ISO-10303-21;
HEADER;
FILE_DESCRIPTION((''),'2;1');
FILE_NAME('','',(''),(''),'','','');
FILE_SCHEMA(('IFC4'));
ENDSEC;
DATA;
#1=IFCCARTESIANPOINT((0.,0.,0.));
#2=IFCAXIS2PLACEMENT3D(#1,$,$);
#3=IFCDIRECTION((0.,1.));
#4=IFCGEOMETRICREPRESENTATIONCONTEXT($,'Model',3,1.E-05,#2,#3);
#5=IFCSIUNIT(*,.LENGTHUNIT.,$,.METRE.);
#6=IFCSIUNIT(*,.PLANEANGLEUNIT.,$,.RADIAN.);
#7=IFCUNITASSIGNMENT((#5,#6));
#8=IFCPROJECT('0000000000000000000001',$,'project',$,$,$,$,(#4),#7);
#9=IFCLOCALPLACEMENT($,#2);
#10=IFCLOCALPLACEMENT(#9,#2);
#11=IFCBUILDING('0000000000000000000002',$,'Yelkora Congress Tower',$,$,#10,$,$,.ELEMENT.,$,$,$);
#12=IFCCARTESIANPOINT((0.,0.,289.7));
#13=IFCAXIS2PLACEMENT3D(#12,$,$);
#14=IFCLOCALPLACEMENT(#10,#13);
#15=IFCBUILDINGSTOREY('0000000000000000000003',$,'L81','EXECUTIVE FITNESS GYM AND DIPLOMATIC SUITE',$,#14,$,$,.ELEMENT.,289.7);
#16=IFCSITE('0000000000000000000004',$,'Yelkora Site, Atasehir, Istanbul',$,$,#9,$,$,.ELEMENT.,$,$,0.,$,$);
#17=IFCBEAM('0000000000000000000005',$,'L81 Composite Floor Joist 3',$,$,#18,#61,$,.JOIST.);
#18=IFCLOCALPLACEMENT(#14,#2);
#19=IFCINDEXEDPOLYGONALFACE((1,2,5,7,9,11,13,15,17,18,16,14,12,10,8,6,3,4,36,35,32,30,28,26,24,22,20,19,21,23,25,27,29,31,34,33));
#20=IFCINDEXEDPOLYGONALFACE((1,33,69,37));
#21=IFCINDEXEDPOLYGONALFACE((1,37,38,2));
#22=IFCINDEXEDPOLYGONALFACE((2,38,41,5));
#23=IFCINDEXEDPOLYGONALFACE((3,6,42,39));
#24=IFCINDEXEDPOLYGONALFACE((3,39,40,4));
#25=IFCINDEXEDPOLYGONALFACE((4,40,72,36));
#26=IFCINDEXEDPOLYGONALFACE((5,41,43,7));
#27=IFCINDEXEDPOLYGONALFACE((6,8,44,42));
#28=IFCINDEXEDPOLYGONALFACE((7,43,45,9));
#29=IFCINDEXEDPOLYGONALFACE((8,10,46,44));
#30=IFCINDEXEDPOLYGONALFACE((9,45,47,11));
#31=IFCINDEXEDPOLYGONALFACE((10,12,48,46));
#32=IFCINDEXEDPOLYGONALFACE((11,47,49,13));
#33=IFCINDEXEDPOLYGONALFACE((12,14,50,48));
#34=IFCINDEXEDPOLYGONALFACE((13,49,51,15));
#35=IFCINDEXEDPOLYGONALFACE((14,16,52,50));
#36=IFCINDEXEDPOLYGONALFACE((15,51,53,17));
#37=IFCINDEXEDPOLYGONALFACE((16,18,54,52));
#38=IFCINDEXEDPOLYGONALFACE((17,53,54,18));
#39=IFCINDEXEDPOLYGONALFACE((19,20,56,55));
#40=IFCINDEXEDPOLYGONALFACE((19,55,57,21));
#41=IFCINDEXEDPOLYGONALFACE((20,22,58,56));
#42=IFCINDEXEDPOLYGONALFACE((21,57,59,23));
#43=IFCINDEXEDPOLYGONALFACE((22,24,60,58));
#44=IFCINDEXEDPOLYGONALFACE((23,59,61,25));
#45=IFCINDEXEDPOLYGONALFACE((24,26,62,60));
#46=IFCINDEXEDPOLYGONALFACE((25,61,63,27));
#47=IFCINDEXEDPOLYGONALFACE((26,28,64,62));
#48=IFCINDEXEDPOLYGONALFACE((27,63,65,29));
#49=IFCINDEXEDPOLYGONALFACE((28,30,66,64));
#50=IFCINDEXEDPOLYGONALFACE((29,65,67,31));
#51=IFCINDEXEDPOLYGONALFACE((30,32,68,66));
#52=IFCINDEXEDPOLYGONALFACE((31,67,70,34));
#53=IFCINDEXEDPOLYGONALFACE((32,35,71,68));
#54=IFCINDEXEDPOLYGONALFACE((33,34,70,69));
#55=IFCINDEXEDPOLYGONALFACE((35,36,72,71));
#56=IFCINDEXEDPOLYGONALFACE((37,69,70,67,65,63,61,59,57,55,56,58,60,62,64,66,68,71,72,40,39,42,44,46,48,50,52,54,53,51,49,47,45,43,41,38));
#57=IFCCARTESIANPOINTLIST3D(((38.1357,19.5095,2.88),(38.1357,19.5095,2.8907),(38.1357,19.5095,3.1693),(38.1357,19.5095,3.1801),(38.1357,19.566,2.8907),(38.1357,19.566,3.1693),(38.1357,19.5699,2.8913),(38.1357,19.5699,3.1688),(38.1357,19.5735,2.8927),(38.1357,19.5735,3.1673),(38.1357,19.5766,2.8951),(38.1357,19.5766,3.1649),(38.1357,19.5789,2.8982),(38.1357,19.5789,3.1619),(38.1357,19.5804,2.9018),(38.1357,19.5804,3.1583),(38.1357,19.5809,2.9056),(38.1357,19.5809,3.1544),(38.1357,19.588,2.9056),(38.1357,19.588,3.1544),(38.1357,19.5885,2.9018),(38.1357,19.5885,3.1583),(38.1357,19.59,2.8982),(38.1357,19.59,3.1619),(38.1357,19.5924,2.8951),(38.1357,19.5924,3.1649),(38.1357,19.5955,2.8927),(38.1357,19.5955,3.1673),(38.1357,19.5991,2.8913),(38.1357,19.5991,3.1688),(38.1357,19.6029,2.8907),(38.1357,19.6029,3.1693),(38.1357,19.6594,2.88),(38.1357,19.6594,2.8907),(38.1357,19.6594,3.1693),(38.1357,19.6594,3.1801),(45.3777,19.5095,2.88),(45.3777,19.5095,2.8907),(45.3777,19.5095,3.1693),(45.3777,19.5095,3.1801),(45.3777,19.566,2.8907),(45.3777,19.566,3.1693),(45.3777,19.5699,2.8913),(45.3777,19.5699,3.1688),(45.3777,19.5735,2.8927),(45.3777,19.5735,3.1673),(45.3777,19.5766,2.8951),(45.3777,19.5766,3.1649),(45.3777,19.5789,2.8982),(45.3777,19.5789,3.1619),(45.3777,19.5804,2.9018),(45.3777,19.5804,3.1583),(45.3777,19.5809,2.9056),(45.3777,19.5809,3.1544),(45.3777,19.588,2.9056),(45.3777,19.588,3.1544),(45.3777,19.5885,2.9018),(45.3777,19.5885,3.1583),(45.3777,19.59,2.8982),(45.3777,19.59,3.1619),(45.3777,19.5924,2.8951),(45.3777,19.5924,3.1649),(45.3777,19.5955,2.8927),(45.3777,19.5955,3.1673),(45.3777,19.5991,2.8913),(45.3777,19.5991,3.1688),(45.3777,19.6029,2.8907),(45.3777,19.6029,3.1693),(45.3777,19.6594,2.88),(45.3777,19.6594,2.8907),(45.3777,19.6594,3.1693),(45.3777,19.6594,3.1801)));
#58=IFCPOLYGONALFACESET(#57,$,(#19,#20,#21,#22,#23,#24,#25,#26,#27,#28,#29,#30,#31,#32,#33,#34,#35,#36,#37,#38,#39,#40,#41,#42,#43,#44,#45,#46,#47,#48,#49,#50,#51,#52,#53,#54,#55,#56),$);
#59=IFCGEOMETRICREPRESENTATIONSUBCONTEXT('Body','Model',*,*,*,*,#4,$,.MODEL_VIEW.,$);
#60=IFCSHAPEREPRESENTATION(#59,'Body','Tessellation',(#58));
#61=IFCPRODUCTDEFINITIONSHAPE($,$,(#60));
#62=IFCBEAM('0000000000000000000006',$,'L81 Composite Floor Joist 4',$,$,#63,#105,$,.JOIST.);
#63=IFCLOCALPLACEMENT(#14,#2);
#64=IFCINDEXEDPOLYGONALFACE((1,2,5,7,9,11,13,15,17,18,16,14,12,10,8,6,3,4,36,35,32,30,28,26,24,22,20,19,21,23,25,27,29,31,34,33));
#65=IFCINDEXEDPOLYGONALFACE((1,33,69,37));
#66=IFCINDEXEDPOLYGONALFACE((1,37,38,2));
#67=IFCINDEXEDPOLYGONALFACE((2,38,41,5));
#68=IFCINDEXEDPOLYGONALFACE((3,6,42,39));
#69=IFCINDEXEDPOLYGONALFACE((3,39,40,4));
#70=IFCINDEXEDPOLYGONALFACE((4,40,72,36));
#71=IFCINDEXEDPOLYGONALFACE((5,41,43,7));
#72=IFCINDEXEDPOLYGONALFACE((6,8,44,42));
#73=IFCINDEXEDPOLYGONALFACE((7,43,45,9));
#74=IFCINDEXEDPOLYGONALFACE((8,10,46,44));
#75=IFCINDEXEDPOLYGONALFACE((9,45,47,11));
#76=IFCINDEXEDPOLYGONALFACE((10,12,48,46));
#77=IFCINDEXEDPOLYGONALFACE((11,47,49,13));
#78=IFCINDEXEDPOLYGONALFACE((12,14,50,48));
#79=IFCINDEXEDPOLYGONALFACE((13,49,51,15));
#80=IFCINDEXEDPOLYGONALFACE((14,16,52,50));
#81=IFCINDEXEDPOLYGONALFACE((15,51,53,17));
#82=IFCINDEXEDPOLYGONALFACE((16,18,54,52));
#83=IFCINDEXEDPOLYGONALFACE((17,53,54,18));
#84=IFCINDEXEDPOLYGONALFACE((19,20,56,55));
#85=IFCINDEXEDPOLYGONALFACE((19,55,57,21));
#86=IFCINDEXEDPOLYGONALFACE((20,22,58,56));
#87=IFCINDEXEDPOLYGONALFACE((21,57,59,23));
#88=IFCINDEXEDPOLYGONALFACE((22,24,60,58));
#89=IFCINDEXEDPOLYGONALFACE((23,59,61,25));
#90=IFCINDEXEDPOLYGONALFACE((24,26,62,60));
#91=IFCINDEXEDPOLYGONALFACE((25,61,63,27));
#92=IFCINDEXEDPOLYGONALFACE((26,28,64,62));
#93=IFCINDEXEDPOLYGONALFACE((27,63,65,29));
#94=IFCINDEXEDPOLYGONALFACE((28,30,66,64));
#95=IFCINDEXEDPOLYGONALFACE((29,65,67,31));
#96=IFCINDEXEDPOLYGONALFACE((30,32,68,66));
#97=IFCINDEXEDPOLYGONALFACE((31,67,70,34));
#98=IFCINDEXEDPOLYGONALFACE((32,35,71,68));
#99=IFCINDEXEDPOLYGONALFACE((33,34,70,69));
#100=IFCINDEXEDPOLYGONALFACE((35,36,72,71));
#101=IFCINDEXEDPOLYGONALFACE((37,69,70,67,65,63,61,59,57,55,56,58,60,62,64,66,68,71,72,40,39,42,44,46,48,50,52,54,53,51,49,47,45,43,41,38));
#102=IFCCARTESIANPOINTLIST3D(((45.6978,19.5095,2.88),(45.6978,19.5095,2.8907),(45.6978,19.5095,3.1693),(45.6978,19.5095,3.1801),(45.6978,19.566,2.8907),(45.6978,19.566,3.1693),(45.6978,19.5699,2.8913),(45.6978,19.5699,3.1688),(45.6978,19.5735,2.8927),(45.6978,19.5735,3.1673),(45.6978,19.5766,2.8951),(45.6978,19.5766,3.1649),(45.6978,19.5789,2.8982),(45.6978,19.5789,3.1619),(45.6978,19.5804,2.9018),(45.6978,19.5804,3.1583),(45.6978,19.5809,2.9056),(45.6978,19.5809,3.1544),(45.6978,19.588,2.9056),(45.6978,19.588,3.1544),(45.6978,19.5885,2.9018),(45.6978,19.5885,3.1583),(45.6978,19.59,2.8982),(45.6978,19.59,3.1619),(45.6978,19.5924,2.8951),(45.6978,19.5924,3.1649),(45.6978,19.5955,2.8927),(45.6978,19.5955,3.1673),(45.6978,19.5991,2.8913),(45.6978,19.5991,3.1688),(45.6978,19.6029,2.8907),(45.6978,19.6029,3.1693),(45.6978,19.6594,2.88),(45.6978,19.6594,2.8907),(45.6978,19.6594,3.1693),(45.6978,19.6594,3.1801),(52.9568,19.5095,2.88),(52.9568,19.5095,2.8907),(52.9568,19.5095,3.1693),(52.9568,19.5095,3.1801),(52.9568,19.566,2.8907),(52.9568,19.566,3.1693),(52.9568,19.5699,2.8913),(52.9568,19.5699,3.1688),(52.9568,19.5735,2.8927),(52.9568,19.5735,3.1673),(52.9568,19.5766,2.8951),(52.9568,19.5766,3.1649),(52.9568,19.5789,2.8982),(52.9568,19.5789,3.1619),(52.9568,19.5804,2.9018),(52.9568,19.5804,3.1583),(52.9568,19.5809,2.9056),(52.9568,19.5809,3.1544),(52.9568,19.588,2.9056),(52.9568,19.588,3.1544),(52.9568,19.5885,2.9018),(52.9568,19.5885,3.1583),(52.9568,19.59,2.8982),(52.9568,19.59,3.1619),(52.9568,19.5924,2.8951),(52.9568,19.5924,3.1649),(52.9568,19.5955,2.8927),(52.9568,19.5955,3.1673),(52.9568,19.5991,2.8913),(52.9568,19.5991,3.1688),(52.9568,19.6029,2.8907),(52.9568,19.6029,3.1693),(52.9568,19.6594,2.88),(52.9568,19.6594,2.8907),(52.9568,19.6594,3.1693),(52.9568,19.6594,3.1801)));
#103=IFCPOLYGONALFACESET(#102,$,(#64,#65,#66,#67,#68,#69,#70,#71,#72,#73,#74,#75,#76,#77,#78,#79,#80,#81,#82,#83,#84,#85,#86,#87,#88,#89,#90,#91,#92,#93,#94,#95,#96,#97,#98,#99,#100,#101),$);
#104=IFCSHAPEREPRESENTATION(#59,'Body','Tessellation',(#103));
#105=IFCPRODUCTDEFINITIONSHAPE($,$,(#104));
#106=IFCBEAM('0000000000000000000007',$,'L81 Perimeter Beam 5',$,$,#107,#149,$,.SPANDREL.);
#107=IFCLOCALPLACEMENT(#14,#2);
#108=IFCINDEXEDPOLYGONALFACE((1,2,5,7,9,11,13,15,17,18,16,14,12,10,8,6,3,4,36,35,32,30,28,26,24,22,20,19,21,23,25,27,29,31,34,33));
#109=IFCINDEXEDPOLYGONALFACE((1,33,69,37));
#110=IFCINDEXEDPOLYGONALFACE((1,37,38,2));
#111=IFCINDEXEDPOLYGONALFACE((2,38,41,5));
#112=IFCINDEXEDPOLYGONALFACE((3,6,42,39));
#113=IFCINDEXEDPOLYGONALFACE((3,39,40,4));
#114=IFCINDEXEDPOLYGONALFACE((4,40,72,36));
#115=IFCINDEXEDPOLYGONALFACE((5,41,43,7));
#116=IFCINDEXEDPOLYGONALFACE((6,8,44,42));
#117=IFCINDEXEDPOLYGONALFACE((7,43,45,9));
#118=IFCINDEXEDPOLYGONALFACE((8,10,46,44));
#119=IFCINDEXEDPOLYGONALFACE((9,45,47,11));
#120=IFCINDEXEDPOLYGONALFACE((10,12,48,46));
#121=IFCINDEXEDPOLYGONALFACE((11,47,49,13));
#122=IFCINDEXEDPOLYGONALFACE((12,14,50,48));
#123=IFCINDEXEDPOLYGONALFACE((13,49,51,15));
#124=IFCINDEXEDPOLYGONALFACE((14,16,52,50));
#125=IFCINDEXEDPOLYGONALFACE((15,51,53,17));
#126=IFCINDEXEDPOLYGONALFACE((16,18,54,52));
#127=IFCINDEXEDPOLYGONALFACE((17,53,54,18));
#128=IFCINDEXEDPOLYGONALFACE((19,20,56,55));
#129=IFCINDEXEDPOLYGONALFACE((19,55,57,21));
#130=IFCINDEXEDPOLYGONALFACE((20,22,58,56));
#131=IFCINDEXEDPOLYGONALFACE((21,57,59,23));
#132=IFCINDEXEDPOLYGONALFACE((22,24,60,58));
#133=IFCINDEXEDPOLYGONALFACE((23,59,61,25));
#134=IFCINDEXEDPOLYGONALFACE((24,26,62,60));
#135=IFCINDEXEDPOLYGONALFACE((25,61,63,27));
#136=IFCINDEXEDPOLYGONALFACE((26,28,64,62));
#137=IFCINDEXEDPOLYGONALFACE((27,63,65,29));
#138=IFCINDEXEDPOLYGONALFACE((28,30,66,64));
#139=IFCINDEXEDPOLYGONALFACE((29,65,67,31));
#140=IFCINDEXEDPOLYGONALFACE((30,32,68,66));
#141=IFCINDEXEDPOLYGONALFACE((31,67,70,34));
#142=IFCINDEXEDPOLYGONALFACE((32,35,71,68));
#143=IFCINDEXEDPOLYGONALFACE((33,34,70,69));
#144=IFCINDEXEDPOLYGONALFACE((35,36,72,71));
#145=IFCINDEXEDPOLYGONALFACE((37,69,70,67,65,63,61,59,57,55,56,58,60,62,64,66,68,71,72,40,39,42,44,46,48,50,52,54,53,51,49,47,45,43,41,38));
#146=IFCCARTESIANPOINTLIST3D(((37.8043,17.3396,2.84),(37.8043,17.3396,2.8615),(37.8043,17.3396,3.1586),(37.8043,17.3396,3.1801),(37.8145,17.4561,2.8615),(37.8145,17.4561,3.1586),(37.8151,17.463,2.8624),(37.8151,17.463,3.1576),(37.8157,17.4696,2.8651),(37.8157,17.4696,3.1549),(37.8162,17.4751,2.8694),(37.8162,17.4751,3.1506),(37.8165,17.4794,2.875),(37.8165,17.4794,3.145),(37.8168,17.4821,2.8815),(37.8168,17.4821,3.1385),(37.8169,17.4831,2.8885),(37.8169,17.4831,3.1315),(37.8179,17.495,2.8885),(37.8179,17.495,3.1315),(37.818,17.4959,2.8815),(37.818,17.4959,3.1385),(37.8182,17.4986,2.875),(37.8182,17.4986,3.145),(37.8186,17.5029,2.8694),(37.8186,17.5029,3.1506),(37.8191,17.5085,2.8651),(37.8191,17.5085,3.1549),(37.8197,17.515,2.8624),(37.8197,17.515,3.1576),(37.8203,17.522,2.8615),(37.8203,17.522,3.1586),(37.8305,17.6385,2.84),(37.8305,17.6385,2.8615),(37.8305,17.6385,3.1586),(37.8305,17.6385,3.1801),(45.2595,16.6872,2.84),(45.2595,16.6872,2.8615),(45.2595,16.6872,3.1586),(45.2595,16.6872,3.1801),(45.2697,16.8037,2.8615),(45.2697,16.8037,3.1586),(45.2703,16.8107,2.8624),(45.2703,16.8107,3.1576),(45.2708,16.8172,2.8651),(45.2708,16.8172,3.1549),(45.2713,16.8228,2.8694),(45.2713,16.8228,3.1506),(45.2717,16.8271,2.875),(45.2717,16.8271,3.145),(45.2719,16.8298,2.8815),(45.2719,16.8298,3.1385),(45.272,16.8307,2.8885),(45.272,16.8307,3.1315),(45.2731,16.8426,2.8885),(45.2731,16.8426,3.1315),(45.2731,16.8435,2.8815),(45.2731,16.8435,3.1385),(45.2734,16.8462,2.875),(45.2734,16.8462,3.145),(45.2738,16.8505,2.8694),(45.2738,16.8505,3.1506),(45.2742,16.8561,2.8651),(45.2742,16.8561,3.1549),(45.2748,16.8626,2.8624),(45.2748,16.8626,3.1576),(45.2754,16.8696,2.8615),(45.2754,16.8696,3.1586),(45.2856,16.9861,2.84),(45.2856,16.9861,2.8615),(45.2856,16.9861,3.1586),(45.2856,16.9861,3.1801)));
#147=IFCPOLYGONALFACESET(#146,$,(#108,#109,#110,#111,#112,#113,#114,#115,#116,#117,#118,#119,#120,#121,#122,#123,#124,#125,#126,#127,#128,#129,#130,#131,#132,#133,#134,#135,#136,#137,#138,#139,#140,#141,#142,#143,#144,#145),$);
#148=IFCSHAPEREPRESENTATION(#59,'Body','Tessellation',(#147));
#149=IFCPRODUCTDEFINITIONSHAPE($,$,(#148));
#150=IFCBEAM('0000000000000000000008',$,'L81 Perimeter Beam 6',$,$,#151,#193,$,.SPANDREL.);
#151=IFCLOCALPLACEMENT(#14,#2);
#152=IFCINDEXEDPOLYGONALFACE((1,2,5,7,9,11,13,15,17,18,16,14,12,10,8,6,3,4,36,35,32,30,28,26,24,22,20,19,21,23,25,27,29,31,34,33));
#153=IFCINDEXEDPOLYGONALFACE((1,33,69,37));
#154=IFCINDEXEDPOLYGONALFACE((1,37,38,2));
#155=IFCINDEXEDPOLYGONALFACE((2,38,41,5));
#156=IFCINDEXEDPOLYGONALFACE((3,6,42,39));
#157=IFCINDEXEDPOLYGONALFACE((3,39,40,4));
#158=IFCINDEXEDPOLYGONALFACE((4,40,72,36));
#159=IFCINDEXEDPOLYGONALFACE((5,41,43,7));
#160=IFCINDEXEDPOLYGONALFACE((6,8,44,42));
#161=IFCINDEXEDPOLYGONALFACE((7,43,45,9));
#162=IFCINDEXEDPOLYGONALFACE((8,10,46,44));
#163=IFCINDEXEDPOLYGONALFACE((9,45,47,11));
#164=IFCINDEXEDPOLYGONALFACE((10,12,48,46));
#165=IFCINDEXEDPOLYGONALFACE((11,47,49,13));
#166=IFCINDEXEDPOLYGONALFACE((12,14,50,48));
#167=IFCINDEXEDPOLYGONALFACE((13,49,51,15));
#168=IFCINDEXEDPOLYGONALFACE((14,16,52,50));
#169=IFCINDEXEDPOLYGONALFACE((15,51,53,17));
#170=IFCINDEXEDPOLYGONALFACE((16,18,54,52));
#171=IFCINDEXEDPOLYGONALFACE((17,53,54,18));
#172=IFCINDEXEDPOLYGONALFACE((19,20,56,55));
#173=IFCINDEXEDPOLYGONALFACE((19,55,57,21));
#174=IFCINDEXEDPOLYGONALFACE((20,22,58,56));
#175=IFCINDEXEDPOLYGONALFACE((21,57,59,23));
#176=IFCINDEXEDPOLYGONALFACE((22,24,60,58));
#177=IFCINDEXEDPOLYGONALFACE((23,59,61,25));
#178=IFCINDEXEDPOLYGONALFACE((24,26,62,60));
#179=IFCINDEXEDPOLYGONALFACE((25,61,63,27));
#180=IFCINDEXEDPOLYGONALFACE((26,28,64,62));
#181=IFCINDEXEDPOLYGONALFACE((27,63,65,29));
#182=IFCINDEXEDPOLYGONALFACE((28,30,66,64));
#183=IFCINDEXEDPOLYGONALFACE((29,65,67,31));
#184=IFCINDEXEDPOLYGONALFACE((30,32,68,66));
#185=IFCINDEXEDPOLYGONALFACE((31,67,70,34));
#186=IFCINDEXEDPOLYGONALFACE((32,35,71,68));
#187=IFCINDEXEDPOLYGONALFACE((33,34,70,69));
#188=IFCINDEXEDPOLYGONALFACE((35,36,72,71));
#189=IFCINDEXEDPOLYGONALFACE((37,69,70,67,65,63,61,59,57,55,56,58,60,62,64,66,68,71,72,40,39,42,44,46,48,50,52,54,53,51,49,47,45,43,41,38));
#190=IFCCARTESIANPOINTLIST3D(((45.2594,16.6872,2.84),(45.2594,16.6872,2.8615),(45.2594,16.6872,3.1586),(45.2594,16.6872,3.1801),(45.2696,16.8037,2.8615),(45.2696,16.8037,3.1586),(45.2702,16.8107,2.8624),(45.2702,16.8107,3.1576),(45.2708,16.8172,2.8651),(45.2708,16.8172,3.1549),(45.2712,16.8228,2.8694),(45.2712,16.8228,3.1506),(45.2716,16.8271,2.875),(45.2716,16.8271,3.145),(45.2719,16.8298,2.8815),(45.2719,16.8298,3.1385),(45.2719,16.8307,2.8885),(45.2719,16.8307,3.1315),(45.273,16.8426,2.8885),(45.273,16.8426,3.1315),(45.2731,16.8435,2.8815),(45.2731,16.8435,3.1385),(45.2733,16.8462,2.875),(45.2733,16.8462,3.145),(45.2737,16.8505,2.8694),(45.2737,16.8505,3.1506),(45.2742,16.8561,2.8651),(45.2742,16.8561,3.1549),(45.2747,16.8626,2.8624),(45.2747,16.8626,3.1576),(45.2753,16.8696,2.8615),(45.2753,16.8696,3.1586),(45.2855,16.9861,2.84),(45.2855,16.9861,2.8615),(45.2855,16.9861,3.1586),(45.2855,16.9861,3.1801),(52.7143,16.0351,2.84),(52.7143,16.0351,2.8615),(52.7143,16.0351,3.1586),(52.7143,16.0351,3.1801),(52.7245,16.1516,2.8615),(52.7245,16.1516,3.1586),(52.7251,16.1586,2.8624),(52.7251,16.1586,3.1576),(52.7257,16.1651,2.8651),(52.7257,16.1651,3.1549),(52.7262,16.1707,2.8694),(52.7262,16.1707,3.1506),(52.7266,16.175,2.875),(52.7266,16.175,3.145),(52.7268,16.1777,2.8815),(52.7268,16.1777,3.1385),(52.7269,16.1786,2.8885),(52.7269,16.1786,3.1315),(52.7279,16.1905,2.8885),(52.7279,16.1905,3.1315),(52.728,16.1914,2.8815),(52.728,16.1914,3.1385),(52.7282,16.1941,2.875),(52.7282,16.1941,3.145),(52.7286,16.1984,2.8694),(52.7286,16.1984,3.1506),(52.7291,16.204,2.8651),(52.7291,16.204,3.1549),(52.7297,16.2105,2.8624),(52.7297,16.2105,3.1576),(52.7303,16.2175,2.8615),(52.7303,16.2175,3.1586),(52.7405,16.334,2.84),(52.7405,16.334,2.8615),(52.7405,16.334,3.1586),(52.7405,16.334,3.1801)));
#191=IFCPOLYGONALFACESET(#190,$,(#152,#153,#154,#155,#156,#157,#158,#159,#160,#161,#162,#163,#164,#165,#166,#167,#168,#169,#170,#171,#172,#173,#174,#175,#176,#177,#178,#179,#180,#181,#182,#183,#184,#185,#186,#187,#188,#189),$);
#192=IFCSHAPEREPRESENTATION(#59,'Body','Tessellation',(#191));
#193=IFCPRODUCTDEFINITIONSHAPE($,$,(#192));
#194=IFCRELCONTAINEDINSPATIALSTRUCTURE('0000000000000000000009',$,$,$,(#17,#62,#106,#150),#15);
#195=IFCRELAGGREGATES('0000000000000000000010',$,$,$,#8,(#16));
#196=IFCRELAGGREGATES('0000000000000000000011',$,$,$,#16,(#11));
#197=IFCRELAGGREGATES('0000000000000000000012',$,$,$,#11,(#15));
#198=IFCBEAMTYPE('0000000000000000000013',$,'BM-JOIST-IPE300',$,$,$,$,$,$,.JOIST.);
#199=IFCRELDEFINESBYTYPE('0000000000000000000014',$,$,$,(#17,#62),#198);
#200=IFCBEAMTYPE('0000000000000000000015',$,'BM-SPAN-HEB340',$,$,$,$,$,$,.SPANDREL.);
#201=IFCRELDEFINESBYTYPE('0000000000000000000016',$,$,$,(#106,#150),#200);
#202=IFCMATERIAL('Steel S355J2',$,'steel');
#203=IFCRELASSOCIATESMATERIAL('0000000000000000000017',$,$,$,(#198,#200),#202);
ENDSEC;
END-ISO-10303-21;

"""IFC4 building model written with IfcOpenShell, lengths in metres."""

from ifc_helpers import new_model, si_unit, direction, frame, origin, origin_2d, place, context, subcontext, project, spatial, i_section, extrude, material, material_profile, profile_set, type_object, element, save


model = new_model("IFC4")

# Units and contexts
model_context = context("Model", 3, precision=1e-05, world=origin(), true_north=direction((0.0, 1.0)))
body_context = subcontext(model_context, "Body", "Model", "MODEL_VIEW")
ifc_project = project(units=[si_unit("LENGTHUNIT", "METRE"), si_unit("PLANEANGLEUNIT", "RADIAN")], contexts=[model_context])

# Site, building, storey
site_placement = place(None, origin())
site = spatial("IfcSite", under=ifc_project, at=site_placement, Name="Yelkora Site, Atasehir, Istanbul", CompositionType="ELEMENT", RefElevation=0.0)
building_placement = place(site_placement, origin())
building = spatial("IfcBuilding", under=site, at=building_placement, Name="Yelkora Congress Tower", CompositionType="ELEMENT")
storey_placement = place(building_placement, frame((0.0, 0.0, 289.7)))
storey = spatial("IfcBuildingStorey", under=building, at=storey_placement, Name="L81", Description="EXECUTIVE FITNESS GYM AND DIPLOMATIC SUITE", CompositionType="ELEMENT", Elevation=289.7)

# Shared definitions
ifc_material_1 = material(Name="Steel S355J2", Category="steel")

# Beams
ifc_material_profile_1 = material_profile(ifc_material_1, i_section(OverallWidth=0.1499, OverallDepth=0.3, WebThickness=0.0071, FlangeThickness=0.0107, FilletRadius=0.0149, at=origin_2d()), Name="IPE 300")
ifc_profile_set_1 = profile_set([ifc_material_profile_1], Name="Steel S355J2")
beam_type_1 = type_object("IfcBeamType", Name="BM-JOIST-IPE300", PredefinedType="JOIST", material=ifc_profile_set_1)
beam_1_placement = place(storey_placement, frame((38.1357, 19.5845, 3.03), z_axis=(1.0, 0.0, 0.0), x_axis=(0.0, 1.0, 0.0)))
element("IfcBeam", 1, at=beam_1_placement, inside=storey, type_object=beam_type_1, Name="L81 Composite Floor Joist 3", PredefinedType="JOIST", context=body_context, shape_type="SweptSolid", body=[
    extrude(i_section(OverallWidth=0.1499, OverallDepth=0.3, WebThickness=0.0071, FlangeThickness=0.0107, FilletRadius=0.0149, at=origin_2d()), origin(), (0.0, 0.0, 1.0), 7.2419),
])
beam_2_placement = place(storey_placement, frame((45.6978, 19.5845, 3.03), z_axis=(1.0, 0.0, 0.0), x_axis=(0.0, 1.0, 0.0)))
element("IfcBeam", 2, at=beam_2_placement, inside=storey, type_object=beam_type_1, Name="L81 Composite Floor Joist 4", PredefinedType="JOIST", context=body_context, shape_type="SweptSolid", body=[
    extrude(i_section(OverallWidth=0.1499, OverallDepth=0.3, WebThickness=0.0071, FlangeThickness=0.0107, FilletRadius=0.0149, at=origin_2d()), origin(), (0.0, 0.0, 1.0), 7.259),
])
ifc_material_profile_2 = material_profile(ifc_material_1, i_section(OverallWidth=0.3, OverallDepth=0.3401, WebThickness=0.012, FlangeThickness=0.0215, FilletRadius=0.0271, at=origin_2d()), Name="HEB 340")
ifc_profile_set_2 = profile_set([ifc_material_profile_2], Name="Steel S355J2")
beam_type_2 = type_object("IfcBeamType", Name="BM-SPAN-HEB340", PredefinedType="SPANDREL", material=ifc_profile_set_2)
beam_3_placement = place(storey_placement, frame((37.8174, 17.489, 3.01), z_axis=(0.996193, -0.08717, 0.0), x_axis=(0.08717, 0.996193, 0.0)))
element("IfcBeam", 3, at=beam_3_placement, inside=storey, type_object=beam_type_2, Name="L81 Perimeter Beam 5", PredefinedType="SPANDREL", context=body_context, shape_type="SweptSolid", body=[
    extrude(i_section(OverallWidth=0.3, OverallDepth=0.3401, WebThickness=0.012, FlangeThickness=0.0215, FilletRadius=0.0271, at=origin_2d()), origin(), (0.0, 0.0, 1.0), 7.4836),
])
beam_4_placement = place(storey_placement, frame((45.2725, 16.8367, 3.01), z_axis=(0.996196, -0.087141, 0.0), x_axis=(0.087141, 0.996196, 0.0)))
element("IfcBeam", 4, at=beam_4_placement, inside=storey, type_object=beam_type_2, Name="L81 Perimeter Beam 6", PredefinedType="SPANDREL", context=body_context, shape_type="SweptSolid", body=[
    extrude(i_section(OverallWidth=0.3, OverallDepth=0.3401, WebThickness=0.012, FlangeThickness=0.0215, FilletRadius=0.0271, at=origin_2d()), origin(), (0.0, 0.0, 1.0), 7.4834),
])

save(model, "model.ifc")
